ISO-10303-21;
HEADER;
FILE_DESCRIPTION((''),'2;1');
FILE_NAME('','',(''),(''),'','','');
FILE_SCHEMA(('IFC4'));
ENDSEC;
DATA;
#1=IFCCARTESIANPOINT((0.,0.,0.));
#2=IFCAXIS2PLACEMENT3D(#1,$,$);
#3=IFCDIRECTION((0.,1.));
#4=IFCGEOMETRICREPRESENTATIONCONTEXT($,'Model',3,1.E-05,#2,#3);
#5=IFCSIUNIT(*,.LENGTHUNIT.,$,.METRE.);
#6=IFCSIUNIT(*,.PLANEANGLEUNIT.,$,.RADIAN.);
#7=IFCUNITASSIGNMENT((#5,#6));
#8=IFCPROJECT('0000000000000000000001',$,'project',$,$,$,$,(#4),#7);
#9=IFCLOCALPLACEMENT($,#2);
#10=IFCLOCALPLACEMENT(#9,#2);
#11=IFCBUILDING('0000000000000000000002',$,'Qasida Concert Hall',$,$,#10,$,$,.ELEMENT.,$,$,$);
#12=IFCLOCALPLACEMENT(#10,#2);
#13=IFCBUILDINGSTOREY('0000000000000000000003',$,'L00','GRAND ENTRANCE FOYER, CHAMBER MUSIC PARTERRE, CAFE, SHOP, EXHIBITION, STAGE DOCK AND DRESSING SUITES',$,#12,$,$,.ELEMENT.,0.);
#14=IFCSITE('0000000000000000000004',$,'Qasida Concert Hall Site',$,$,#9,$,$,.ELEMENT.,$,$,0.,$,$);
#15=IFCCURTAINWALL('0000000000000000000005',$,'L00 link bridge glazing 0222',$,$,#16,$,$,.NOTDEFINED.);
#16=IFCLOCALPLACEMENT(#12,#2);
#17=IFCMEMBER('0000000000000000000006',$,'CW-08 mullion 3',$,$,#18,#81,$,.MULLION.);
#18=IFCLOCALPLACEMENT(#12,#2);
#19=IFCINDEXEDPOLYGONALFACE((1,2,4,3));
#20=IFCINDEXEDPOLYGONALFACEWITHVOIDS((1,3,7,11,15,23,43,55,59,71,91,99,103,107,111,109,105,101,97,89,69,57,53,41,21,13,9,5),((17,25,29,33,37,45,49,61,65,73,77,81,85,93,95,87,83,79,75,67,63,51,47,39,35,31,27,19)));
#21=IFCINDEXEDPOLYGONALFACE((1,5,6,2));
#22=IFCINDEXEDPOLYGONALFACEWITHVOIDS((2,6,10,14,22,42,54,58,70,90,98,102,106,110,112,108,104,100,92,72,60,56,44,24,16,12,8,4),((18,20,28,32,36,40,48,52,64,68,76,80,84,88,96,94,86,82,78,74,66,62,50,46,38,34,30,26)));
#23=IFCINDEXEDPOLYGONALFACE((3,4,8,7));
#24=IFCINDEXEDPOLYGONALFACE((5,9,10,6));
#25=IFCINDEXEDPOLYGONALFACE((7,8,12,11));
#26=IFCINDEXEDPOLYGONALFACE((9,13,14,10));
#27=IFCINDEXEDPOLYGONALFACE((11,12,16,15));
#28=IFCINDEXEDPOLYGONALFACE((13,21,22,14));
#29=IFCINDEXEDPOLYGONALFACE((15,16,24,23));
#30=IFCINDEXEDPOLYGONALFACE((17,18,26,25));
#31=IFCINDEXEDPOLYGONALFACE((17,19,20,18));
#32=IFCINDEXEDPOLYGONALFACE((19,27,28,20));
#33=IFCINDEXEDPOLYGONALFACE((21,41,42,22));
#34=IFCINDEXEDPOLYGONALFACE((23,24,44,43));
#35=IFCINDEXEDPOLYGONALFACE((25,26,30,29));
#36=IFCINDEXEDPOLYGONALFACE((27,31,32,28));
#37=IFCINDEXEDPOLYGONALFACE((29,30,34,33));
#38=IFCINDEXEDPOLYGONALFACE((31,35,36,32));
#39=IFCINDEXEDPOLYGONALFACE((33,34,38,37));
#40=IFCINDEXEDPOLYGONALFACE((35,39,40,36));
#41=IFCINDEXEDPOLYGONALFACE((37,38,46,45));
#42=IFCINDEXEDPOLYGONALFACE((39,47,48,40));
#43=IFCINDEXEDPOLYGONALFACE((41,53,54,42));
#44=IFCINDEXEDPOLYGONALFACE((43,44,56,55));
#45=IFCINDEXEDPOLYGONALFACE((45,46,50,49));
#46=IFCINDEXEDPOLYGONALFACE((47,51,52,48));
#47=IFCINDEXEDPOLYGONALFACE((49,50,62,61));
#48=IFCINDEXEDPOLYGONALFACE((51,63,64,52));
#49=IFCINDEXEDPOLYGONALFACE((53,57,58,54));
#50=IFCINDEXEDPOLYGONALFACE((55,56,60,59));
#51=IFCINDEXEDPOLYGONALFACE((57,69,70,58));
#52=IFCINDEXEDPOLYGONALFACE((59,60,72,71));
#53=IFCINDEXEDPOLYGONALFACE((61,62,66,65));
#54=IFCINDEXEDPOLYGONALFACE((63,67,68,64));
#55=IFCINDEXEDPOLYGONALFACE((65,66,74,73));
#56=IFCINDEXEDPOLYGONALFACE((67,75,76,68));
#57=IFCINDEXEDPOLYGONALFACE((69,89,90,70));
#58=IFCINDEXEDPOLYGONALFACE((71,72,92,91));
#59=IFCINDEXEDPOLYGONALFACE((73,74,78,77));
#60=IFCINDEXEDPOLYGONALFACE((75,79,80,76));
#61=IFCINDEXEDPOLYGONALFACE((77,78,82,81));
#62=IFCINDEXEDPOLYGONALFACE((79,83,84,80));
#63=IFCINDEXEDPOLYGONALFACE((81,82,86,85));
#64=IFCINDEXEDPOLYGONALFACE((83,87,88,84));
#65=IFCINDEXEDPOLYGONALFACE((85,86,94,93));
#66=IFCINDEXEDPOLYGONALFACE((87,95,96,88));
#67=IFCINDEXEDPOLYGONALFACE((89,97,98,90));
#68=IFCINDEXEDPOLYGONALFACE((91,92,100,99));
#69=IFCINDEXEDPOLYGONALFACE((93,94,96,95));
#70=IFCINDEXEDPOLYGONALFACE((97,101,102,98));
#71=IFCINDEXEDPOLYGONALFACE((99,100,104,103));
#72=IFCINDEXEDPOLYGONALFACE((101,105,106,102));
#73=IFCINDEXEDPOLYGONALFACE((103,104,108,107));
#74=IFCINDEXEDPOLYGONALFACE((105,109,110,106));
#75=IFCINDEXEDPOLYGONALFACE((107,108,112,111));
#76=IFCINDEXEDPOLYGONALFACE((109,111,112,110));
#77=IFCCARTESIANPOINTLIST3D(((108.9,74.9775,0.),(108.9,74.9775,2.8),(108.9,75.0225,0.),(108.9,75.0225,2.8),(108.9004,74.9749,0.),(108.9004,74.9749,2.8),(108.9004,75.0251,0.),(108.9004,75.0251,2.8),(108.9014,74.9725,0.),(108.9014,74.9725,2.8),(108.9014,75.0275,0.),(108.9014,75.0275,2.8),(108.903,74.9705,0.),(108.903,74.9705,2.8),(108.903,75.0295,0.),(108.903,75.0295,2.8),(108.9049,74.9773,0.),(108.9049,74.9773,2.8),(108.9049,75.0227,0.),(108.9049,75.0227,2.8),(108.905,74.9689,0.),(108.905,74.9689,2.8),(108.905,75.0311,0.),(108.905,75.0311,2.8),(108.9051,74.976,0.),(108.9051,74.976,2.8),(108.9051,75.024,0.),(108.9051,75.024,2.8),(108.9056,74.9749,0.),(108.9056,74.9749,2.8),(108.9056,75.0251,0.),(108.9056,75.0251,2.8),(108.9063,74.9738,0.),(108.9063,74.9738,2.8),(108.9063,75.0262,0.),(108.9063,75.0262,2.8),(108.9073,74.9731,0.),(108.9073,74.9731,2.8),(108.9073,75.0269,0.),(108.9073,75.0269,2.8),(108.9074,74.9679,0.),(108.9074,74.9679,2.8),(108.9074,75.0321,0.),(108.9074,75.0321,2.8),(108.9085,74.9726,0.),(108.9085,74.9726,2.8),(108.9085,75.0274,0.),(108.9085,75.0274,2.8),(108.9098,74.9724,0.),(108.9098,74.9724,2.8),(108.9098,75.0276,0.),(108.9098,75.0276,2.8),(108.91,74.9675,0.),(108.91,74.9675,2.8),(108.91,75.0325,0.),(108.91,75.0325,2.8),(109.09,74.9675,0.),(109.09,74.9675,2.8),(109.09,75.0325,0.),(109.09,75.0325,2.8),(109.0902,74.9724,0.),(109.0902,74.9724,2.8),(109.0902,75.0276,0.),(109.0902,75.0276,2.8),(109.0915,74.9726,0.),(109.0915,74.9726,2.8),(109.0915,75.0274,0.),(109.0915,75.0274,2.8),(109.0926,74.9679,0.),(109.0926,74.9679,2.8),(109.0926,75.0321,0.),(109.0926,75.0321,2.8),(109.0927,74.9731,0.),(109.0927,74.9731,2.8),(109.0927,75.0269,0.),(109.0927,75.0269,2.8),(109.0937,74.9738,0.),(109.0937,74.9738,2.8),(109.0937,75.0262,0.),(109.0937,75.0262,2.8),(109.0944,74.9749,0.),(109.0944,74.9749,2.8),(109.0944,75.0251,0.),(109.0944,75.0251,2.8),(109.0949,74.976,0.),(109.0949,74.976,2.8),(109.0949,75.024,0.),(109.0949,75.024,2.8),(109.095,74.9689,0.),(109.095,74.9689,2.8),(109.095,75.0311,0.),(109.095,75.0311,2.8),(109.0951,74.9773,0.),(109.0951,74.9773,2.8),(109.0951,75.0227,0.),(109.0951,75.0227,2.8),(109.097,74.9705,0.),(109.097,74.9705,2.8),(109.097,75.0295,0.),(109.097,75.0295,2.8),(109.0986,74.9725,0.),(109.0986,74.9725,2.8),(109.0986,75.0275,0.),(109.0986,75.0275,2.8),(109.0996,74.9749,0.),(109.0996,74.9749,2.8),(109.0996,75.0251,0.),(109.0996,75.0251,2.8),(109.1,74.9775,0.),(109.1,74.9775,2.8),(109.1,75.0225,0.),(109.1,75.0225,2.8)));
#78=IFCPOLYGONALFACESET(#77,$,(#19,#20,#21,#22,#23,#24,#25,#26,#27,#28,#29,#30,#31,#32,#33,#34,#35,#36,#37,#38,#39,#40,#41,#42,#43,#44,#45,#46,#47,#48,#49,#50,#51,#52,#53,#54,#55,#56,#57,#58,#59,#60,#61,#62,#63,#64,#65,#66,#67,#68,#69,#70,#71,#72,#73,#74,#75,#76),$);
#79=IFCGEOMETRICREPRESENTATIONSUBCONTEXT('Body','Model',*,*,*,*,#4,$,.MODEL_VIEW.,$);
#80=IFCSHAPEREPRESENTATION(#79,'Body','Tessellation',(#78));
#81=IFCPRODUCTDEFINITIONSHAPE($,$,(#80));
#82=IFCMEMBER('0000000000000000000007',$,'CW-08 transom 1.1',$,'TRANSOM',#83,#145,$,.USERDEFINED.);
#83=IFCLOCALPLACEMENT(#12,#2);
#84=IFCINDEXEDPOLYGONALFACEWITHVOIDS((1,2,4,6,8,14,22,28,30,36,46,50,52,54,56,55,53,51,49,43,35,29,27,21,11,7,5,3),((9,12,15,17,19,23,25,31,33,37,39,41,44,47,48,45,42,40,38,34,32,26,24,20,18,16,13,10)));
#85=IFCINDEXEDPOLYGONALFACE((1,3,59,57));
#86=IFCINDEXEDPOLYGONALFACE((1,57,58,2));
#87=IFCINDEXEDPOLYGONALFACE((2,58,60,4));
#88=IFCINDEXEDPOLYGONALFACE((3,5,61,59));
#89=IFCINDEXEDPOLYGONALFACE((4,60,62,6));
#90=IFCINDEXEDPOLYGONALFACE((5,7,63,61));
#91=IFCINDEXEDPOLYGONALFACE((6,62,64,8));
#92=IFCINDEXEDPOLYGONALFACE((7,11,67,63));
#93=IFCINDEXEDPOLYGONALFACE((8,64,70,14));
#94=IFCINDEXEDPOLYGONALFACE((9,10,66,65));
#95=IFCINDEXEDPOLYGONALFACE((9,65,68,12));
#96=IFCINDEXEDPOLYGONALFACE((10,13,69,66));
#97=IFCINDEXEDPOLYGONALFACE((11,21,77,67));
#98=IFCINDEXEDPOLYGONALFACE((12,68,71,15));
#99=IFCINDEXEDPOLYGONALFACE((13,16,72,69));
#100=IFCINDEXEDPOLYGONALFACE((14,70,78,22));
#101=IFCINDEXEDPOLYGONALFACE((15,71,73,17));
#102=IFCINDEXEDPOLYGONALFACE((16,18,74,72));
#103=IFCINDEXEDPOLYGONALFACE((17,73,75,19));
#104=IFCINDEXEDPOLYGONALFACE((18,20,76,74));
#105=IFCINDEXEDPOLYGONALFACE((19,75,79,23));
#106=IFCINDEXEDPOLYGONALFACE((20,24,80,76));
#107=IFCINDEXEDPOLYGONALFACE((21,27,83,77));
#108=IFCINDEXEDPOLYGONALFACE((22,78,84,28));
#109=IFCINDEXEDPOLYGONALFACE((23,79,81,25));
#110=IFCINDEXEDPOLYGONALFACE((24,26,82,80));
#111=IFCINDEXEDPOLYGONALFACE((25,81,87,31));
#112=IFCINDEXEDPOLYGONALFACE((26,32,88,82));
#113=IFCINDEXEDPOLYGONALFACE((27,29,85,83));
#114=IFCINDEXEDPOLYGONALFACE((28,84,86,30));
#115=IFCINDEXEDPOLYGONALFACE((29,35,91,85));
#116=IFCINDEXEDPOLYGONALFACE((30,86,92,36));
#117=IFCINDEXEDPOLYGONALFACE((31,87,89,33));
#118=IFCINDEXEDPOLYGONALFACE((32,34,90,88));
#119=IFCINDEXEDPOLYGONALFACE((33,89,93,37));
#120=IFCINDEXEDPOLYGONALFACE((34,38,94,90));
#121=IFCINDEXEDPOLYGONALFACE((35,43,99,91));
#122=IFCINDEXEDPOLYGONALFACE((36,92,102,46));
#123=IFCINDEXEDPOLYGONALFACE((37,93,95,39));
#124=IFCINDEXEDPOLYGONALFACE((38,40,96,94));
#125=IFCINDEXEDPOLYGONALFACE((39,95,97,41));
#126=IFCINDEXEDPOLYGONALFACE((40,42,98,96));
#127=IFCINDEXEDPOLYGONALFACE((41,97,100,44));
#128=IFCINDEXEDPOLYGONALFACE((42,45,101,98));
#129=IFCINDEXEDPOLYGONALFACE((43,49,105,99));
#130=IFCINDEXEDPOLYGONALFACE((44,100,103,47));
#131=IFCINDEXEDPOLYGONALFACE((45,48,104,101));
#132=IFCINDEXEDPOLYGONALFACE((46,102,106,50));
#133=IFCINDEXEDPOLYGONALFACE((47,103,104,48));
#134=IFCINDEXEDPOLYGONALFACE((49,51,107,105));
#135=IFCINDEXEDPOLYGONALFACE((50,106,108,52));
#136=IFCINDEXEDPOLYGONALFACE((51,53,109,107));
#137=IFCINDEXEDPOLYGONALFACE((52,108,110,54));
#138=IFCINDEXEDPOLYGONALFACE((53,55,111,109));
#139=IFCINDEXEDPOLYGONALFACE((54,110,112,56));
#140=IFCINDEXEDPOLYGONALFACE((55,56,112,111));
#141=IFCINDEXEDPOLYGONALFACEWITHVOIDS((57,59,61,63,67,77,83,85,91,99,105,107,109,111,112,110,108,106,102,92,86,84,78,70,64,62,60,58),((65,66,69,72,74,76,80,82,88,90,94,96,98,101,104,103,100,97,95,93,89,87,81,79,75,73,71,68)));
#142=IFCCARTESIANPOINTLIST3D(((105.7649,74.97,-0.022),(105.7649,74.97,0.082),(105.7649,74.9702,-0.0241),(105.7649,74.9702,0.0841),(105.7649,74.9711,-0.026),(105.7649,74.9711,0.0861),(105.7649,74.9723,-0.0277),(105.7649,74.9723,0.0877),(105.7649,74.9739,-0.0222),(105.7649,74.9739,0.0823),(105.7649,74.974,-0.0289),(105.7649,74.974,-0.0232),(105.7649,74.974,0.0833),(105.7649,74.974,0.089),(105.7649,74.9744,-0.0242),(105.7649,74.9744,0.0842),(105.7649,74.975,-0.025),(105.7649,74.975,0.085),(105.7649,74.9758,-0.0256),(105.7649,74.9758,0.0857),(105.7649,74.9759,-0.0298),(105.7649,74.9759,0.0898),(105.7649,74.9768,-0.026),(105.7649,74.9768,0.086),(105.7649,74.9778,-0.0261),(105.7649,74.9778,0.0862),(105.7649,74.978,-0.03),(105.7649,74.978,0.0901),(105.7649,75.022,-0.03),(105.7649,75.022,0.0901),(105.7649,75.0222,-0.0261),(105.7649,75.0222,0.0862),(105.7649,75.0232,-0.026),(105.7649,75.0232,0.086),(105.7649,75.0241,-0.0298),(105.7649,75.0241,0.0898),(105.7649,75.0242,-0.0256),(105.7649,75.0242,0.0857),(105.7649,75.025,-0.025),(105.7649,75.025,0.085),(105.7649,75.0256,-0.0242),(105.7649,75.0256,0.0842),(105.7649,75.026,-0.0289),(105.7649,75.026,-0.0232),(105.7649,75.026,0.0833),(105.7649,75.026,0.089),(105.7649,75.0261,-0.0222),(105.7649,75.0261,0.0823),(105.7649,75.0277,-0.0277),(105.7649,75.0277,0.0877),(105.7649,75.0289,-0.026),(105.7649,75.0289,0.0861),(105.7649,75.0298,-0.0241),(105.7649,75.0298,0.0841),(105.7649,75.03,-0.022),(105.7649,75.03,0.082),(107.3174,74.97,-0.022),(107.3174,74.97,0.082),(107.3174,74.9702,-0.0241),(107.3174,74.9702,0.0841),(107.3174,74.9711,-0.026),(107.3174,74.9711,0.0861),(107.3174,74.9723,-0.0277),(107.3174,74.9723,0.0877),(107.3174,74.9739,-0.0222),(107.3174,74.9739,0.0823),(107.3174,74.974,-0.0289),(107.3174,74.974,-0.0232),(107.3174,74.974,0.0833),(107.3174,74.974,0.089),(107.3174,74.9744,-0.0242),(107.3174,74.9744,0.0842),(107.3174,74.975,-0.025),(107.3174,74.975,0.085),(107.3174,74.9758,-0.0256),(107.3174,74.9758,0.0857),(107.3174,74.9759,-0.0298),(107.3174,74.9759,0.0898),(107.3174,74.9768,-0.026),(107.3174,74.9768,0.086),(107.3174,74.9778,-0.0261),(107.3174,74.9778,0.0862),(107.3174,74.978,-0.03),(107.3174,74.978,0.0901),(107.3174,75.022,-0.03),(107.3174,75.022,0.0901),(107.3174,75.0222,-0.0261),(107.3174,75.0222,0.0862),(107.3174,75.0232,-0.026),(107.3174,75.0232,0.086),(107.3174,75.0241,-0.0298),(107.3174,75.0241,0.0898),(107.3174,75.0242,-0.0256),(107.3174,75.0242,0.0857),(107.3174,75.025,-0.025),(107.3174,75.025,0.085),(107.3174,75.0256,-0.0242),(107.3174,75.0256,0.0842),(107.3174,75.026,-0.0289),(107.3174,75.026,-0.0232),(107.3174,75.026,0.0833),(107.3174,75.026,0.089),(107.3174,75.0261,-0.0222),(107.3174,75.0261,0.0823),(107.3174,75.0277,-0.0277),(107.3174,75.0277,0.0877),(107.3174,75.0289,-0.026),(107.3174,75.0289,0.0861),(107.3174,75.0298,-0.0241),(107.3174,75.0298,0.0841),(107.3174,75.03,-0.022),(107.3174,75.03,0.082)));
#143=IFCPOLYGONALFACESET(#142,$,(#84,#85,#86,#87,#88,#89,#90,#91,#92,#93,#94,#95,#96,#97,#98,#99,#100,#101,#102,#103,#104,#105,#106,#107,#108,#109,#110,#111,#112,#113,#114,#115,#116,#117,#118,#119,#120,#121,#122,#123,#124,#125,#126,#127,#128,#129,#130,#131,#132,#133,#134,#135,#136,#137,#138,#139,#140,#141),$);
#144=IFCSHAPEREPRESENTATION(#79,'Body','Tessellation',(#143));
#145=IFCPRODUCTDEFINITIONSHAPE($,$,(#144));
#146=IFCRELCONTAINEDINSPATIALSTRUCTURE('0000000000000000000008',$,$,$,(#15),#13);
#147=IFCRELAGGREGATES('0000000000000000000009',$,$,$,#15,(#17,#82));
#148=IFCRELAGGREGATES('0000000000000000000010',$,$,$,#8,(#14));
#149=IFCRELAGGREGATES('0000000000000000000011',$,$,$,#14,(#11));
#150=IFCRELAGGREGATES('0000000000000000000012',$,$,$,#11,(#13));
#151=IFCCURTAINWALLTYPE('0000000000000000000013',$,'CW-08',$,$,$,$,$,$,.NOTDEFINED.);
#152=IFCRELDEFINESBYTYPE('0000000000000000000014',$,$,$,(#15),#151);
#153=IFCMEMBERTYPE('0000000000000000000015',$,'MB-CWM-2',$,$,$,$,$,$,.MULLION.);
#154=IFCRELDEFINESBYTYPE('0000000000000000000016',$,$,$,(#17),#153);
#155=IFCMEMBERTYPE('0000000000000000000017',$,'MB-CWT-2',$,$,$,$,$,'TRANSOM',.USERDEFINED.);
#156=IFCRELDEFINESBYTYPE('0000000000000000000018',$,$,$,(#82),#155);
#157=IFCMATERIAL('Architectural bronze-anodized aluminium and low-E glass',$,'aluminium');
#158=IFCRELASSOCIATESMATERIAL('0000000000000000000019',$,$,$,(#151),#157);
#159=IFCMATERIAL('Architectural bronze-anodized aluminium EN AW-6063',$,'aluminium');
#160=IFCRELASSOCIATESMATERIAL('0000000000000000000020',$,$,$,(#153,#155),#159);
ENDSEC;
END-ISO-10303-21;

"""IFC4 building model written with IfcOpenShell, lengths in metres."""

from ifc_helpers import new_model, si_unit, direction, frame, origin, origin_2d, place, context, subcontext, project, spatial, hollow_rectangle, extrude, material, material_profile, profile_set, type_object, element, aggregate, save


model = new_model("IFC4")

# Units and contexts
model_context = context("Model", 3, precision=1e-05, world=origin(), true_north=direction((0.0, 1.0)))
body_context = subcontext(model_context, "Body", "Model", "MODEL_VIEW")
ifc_project = project(units=[si_unit("LENGTHUNIT", "METRE"), si_unit("PLANEANGLEUNIT", "RADIAN")], contexts=[model_context])

# Site, building, storey
site_placement = place(None, origin())
site = spatial("IfcSite", under=ifc_project, at=site_placement, Name="Qasida Concert Hall Site", CompositionType="ELEMENT", RefElevation=0.0)
building_placement = place(site_placement, origin())
building = spatial("IfcBuilding", under=site, at=building_placement, Name="Qasida Concert Hall", CompositionType="ELEMENT")
storey_placement = place(building_placement, origin())
storey = spatial("IfcBuildingStorey", under=building, at=storey_placement, Name="L00", Description="GRAND ENTRANCE FOYER, CHAMBER MUSIC PARTERRE, CAFE, SHOP, EXHIBITION, STAGE DOCK AND DRESSING SUITES", CompositionType="ELEMENT", Elevation=0.0)

# Curtain wall, members
ifc_material_1 = material(Name="Architectural bronze-anodized aluminium and low-E glass", Category="aluminium")
curtain_wall_type = type_object("IfcCurtainWallType", Name="CW-08", PredefinedType="NOTDEFINED", material=ifc_material_1)
curtain_wall_placement = place(storey_placement, origin())
curtain_wall = element("IfcCurtainWall", 1, at=curtain_wall_placement, inside=storey, type_object=curtain_wall_type, Name="L00 link bridge glazing 0222", PredefinedType="NOTDEFINED")
ifc_material_2 = material(Name="Architectural bronze-anodized aluminium EN AW-6063", Category="aluminium")
ifc_material_profile_1 = material_profile(ifc_material_2, hollow_rectangle(XDim=0.0649, YDim=0.2, WallThickness=0.0049, InnerFilletRadius=0.0049, OuterFilletRadius=0.01, at=origin_2d()), Name="CWM 200x65x5")
ifc_profile_set_1 = profile_set([ifc_material_profile_1], Name="Architectural bronze-anodized aluminium EN AW-6063")
member_type_1 = type_object("IfcMemberType", Name="MB-CWM-2", PredefinedType="MULLION", material=ifc_profile_set_1)
member_1_placement = place(storey_placement, frame((109.0, 75.0, 0.0), z_axis=(0.0, 0.0, 1.0), x_axis=(0.0, 1.0, 0.0)))
member_1 = element("IfcMember", 2, at=member_1_placement, type_object=member_type_1, Name="CW-08 mullion 3", PredefinedType="MULLION", context=body_context, shape_type="SweptSolid", body=[
    extrude(hollow_rectangle(XDim=0.0649, YDim=0.2, WallThickness=0.0049, InnerFilletRadius=0.0049, OuterFilletRadius=0.01, at=origin_2d()), origin(), (0.0, 0.0, 1.0), 2.8),
])
ifc_material_profile_2 = material_profile(ifc_material_2, hollow_rectangle(XDim=0.0601, YDim=0.1201, WallThickness=0.0039, InnerFilletRadius=0.0039, OuterFilletRadius=0.0081, at=origin_2d()), Name="CWT 120x60x4")
ifc_profile_set_2 = profile_set([ifc_material_profile_2], Name="Architectural bronze-anodized aluminium EN AW-6063")
member_type_2 = type_object("IfcMemberType", Name="MB-CWT-2", ElementType="TRANSOM", PredefinedType="USERDEFINED", material=ifc_profile_set_2)
member_2_placement = place(storey_placement, frame((105.7649, 75.0, 0.03), z_axis=(1.0, 0.0, 0.0), x_axis=(0.0, 1.0, 0.0)))
member_2 = element("IfcMember", 3, at=member_2_placement, type_object=member_type_2, Name="CW-08 transom 1.1", ObjectType="TRANSOM", PredefinedType="USERDEFINED", context=body_context, shape_type="SweptSolid", body=[
    extrude(hollow_rectangle(XDim=0.0601, YDim=0.1201, WallThickness=0.0039, InnerFilletRadius=0.0039, OuterFilletRadius=0.0081, at=origin_2d()), origin(), (0.0, 0.0, 1.0), 1.5525),
])
aggregate(curtain_wall, [member_1, member_2])

save(model, "model.ifc")
